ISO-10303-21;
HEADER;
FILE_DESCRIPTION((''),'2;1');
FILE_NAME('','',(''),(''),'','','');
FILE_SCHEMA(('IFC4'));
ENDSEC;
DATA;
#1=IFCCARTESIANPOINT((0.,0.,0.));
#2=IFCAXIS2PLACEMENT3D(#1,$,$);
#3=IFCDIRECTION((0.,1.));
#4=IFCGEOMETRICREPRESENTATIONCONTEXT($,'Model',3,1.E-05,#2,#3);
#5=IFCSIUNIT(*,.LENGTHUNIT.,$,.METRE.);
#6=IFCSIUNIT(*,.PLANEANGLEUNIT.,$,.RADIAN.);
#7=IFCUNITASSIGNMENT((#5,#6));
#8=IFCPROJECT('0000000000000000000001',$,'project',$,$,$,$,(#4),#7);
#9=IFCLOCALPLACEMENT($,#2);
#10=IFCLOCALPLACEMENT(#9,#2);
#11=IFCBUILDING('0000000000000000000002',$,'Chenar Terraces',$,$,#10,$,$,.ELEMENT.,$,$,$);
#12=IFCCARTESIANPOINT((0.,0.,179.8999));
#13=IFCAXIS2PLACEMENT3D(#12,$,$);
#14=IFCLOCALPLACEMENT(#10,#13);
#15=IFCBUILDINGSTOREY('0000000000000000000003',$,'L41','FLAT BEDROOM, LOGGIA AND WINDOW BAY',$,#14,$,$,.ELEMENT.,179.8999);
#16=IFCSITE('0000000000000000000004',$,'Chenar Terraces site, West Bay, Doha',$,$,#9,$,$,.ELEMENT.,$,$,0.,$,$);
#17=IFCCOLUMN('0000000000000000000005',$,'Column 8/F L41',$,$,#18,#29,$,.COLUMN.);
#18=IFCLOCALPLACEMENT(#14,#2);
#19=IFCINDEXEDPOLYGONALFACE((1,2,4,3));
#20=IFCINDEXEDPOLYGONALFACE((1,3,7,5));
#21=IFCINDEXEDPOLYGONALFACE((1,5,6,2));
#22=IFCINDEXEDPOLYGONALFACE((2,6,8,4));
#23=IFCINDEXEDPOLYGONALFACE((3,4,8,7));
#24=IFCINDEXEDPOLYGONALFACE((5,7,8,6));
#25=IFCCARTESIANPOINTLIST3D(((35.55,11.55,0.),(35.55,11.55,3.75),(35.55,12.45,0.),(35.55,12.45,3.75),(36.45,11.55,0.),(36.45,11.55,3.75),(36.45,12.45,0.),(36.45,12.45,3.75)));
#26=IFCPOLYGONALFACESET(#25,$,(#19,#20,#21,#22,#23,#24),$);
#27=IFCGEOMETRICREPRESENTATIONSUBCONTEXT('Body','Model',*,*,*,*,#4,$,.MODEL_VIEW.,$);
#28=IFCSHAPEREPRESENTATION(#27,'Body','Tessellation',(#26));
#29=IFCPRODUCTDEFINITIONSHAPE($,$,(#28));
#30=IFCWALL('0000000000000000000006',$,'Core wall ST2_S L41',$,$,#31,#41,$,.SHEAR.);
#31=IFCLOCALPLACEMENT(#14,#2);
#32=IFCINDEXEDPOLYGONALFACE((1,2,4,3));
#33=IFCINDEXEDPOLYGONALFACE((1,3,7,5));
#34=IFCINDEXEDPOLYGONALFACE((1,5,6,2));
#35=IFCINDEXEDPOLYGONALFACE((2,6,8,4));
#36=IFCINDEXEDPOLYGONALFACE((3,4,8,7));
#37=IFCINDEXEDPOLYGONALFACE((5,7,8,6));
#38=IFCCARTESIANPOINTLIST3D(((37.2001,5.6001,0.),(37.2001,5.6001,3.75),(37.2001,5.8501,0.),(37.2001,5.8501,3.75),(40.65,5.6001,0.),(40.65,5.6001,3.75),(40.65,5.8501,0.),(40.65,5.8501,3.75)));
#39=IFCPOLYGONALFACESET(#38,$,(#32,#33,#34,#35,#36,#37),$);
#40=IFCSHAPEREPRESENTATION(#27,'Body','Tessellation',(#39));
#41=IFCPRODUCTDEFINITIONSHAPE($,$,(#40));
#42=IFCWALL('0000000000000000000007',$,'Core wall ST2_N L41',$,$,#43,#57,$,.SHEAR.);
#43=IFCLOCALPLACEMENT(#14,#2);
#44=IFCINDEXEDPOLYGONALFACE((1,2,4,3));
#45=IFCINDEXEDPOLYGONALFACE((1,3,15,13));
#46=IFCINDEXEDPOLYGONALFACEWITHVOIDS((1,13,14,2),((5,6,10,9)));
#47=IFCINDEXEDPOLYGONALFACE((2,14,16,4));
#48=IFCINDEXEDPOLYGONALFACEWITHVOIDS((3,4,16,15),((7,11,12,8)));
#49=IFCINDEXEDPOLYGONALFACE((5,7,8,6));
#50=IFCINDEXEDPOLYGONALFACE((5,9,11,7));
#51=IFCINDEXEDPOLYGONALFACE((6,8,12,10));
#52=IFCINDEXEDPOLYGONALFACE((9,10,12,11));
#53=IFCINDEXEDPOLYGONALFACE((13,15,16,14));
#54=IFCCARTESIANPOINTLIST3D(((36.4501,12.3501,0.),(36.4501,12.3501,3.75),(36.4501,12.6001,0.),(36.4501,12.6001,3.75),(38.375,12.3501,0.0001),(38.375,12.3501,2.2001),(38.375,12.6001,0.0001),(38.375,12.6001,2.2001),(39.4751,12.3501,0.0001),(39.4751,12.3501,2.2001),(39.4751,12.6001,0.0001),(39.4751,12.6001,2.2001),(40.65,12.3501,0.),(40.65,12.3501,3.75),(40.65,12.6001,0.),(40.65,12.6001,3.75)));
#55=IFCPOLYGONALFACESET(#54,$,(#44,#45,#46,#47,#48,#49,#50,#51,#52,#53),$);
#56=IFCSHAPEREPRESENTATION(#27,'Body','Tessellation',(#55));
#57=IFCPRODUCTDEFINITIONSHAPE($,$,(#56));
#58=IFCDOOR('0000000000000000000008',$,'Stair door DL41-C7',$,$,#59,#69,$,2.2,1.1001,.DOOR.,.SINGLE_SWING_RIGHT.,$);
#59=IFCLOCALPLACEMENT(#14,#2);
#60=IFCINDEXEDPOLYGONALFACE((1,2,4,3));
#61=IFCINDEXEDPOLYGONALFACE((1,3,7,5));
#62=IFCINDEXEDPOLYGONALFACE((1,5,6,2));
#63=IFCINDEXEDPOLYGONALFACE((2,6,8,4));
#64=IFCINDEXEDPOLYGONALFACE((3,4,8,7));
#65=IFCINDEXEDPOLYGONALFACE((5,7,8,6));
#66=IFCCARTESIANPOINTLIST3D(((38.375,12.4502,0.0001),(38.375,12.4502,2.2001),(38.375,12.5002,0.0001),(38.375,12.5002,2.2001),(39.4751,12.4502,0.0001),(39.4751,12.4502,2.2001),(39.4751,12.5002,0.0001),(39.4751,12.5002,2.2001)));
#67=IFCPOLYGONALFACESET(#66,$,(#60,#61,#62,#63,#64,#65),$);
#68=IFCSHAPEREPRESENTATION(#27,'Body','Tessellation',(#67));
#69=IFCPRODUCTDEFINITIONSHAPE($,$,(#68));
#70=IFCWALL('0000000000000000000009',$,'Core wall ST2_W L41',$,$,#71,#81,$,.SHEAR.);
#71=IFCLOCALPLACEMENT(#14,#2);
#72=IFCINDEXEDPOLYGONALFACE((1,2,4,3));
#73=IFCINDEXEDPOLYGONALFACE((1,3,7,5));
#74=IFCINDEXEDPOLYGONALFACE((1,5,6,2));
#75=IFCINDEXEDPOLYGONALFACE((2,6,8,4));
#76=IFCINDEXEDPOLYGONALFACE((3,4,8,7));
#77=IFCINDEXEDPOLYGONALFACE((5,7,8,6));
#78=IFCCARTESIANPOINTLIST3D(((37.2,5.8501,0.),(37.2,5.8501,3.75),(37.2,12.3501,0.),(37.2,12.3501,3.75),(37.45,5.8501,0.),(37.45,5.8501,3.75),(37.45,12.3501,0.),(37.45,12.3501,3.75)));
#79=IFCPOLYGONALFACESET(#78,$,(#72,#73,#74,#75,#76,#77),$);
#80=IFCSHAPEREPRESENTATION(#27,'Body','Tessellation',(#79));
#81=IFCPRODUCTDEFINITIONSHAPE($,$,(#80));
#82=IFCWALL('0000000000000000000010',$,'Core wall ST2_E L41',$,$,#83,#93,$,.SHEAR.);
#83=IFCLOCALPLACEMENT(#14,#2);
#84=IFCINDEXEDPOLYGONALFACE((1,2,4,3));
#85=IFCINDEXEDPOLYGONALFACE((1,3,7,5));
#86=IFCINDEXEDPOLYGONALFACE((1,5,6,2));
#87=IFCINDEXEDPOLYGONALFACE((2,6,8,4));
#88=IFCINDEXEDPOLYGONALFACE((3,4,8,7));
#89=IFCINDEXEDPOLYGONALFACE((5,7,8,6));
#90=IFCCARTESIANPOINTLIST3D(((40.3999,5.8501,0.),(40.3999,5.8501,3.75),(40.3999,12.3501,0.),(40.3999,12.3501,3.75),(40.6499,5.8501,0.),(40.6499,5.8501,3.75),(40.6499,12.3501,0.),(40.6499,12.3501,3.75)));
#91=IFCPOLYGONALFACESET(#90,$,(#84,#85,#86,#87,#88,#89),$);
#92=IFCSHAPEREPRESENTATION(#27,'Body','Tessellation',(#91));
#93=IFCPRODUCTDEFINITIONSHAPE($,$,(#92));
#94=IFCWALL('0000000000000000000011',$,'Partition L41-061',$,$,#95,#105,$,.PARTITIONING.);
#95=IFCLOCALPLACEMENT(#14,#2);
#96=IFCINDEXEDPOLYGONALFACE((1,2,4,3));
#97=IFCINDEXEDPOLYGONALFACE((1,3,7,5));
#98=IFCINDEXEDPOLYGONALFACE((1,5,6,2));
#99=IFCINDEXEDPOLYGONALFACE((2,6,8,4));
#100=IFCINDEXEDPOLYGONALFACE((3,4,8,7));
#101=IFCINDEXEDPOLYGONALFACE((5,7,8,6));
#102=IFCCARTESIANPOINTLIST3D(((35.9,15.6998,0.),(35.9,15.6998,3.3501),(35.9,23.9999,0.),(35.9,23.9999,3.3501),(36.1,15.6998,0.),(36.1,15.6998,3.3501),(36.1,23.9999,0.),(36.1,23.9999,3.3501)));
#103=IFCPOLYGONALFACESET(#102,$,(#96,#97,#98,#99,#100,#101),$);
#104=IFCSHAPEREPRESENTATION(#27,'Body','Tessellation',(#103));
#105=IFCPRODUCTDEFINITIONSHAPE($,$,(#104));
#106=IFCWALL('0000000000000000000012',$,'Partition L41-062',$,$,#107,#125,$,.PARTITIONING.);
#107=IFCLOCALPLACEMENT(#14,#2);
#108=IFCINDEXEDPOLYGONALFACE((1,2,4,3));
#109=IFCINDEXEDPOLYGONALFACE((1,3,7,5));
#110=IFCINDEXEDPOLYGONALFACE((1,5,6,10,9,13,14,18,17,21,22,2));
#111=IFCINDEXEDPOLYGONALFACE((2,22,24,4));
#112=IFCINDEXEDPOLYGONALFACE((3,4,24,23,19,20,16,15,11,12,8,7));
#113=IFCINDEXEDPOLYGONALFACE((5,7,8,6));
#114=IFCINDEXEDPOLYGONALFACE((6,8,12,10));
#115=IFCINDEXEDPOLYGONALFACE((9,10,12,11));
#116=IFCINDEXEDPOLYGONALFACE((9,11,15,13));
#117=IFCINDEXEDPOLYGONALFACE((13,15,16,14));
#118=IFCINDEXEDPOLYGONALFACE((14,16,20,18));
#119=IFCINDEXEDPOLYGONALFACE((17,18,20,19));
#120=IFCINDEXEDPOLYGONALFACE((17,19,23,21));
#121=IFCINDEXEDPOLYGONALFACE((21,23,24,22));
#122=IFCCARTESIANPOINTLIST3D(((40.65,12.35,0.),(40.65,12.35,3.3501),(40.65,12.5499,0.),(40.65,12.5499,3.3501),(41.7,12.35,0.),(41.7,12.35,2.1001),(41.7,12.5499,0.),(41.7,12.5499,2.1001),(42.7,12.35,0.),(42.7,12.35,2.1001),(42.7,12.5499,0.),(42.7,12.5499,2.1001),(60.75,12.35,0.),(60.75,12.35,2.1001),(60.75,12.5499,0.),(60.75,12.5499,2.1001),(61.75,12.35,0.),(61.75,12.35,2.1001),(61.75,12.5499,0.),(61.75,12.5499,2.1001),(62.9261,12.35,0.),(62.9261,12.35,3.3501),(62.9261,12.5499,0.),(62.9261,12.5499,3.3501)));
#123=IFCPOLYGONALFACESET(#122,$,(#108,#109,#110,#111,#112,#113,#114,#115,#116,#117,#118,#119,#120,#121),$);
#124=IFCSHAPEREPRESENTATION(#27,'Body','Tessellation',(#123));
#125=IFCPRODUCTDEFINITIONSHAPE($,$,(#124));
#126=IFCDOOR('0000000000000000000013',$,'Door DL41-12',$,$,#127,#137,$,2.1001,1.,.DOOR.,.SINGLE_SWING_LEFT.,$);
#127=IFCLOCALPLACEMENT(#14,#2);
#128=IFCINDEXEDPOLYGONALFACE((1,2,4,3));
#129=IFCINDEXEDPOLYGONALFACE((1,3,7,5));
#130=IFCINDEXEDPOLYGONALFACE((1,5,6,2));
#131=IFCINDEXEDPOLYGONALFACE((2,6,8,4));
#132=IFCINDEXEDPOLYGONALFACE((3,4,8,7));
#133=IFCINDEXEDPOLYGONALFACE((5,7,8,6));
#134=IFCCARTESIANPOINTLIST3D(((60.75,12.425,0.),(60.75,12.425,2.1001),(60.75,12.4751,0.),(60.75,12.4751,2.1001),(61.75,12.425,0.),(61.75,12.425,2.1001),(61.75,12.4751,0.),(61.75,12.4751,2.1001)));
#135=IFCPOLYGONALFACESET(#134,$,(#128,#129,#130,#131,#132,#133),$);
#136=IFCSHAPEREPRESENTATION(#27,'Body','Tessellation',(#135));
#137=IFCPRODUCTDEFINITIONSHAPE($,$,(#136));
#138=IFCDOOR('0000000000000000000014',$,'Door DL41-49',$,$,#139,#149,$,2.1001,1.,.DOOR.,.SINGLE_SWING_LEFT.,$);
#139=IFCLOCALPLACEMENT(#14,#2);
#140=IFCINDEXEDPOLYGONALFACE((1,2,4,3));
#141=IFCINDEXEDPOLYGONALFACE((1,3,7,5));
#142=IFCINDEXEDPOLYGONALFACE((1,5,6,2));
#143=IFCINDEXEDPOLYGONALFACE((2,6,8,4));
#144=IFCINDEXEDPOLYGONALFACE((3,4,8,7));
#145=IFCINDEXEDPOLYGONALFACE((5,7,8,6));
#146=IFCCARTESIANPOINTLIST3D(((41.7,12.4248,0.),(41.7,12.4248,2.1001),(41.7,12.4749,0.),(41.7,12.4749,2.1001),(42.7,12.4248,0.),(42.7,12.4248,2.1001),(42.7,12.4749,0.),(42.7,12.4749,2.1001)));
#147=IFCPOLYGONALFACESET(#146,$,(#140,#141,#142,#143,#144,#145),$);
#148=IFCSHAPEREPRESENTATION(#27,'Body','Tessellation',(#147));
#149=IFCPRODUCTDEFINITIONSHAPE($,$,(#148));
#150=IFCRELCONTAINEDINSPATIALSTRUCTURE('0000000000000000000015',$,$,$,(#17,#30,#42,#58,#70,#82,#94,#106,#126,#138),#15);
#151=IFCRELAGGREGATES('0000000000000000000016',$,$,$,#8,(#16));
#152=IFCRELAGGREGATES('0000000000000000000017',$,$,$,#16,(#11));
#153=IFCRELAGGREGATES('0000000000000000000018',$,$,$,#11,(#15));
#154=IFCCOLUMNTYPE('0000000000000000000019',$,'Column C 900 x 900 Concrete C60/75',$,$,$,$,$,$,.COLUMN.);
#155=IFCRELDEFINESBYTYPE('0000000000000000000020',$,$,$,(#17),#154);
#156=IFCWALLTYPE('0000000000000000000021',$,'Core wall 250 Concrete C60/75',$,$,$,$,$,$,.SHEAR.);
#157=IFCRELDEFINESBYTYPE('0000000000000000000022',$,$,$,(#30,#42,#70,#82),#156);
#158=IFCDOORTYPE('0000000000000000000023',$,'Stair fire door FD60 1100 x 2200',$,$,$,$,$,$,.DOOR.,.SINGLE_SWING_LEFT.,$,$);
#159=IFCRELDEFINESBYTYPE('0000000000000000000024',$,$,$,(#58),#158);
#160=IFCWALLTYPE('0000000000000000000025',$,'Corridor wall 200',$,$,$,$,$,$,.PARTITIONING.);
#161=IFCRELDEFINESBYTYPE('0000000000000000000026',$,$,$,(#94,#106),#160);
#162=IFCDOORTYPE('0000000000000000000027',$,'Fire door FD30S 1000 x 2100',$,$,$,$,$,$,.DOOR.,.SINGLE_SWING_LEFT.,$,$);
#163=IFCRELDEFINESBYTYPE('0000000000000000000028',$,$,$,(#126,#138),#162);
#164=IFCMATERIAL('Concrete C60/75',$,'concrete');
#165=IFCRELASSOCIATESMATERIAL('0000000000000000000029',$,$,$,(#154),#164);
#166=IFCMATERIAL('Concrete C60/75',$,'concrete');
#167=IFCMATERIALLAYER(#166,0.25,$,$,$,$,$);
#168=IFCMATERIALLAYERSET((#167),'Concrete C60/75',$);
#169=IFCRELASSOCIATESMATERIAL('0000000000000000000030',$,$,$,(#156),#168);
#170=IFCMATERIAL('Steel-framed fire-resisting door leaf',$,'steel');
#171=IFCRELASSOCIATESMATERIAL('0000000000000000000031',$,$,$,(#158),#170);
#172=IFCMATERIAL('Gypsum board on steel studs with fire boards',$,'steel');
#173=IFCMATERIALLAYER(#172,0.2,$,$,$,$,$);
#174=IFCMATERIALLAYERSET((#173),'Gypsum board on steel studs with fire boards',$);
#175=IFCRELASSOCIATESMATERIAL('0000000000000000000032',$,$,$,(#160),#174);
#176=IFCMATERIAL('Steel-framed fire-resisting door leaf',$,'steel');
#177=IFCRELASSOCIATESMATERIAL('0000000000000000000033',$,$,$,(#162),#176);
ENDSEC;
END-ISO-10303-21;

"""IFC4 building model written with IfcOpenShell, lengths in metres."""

from ifc_helpers import new_model, si_unit, direction, frame, frame_2d, origin, origin_2d, place, context, subcontext, project, spatial, rectangle, extrude, material, layer, layer_set, material_profile, profile_set, type_object, element, fill, save


model = new_model("IFC4")

# Units and contexts
model_context = context("Model", 3, precision=1e-05, world=origin(), true_north=direction((0.0, 1.0)))
body_context = subcontext(model_context, "Body", "Model", "MODEL_VIEW")
ifc_project = project(units=[si_unit("LENGTHUNIT", "METRE"), si_unit("PLANEANGLEUNIT", "RADIAN")], contexts=[model_context])

# Site, building, storey
site_placement = place(None, origin())
site = spatial("IfcSite", under=ifc_project, at=site_placement, Name="Chenar Terraces site, West Bay, Doha", CompositionType="ELEMENT", RefElevation=0.0)
building_placement = place(site_placement, origin())
building = spatial("IfcBuilding", under=site, at=building_placement, Name="Chenar Terraces", CompositionType="ELEMENT")
storey_placement = place(building_placement, frame((0.0, 0.0, 179.8999)))
storey = spatial("IfcBuildingStorey", under=building, at=storey_placement, Name="L41", Description="FLAT BEDROOM, LOGGIA AND WINDOW BAY", CompositionType="ELEMENT", Elevation=179.8999)

# Column
ifc_material_1 = material(Name="Concrete C60/75", Category="concrete")
ifc_material_profile_1 = material_profile(ifc_material_1, rectangle(XDim=0.8999, YDim=0.8999, at=origin_2d()), Name="C 900 x 900")
ifc_profile_set_1 = profile_set([ifc_material_profile_1], Name="Concrete C60/75")
column_type = type_object("IfcColumnType", Name="Column C 900 x 900 Concrete C60/75", PredefinedType="COLUMN", material=ifc_profile_set_1)
column_placement = place(storey_placement, frame((36.0, 12.0, 0.0), z_axis=(0.0, 0.0, 1.0), x_axis=(1.0, 0.0, 0.0)))
element("IfcColumn", 1, at=column_placement, inside=storey, type_object=column_type, Name="Column 8/F L41", PredefinedType="COLUMN", context=body_context, shape_type="SweptSolid", body=[
    extrude(rectangle(XDim=0.8999, YDim=0.8999, at=origin_2d()), origin(), (0.0, 0.0, 1.0), 3.75),
])

# Wall
ifc_material_2 = material(Name="Concrete C60/75", Category="concrete")
ifc_layer_1 = layer(ifc_material_2, 0.25)
ifc_layer_set_1 = layer_set([ifc_layer_1], Name="Concrete C60/75")
wall_type_1 = type_object("IfcWallType", Name="Core wall 250 Concrete C60/75", PredefinedType="SHEAR", material=ifc_layer_set_1)
wall_1_placement = place(storey_placement, frame((37.2, 5.7251, 0.0), z_axis=(0.0, 0.0, 1.0), x_axis=(1.0, 0.0, 0.0)))
element("IfcWall", 2, at=wall_1_placement, inside=storey, type_object=wall_type_1, Name="Core wall ST2_S L41", PredefinedType="SHEAR", context=body_context, shape_type="SweptSolid", body=[
    extrude(rectangle(XDim=3.45, YDim=0.25, at=frame_2d((1.7251, 0.0))), origin(), (0.0, 0.0, 1.0), 3.75),
])

# Wall, opening, door
wall_2_placement = place(storey_placement, frame((36.45, 12.4751, 0.0), z_axis=(0.0, 0.0, 1.0), x_axis=(1.0, 0.0, 0.0)))
wall_2 = element("IfcWall", 3, at=wall_2_placement, inside=storey, type_object=wall_type_1, Name="Core wall ST2_N L41", PredefinedType="SHEAR", context=body_context, shape_type="SweptSolid", body=[
    extrude(rectangle(XDim=4.2, YDim=0.25, at=frame_2d((2.1001, 0.0))), origin(), (0.0, 0.0, 1.0), 3.75),
])
opening_1_placement = place(wall_2_placement, frame((1.925, 0.0, 0.0)))
opening_1 = element("IfcOpeningElement", 4, at=opening_1_placement, cuts=wall_2, PredefinedType="OPENING", context=body_context, shape_type="SweptSolid", body=[
    extrude(rectangle(XDim=1.1001, YDim=2.2, at=frame_2d((0.55, 1.1001))), frame((0.0, 0.135, 0.0), z_axis=(0.0, -1.0, 0.0), x_axis=(1.0, 0.0, 0.0)), (0.0, 0.0, 1.0), 0.27),
])
ifc_material_3 = material(Name="Steel-framed fire-resisting door leaf", Category="steel")
door_type_1 = type_object("IfcDoorType", Name="Stair fire door FD60 1100 x 2200", OperationType="SINGLE_SWING_LEFT", PredefinedType="DOOR", material=ifc_material_3)
door_1_placement = place(opening_1_placement, frame((1.1001, 0.0, 0.0), z_axis=(0.0, 0.0, 1.0), x_axis=(-1.0, 0.0, 0.0)))
door_1 = element("IfcDoor", 5, at=door_1_placement, inside=storey, type_object=door_type_1, Name="Stair door DL41-C7", OperationType="SINGLE_SWING_RIGHT", OverallHeight=2.2, OverallWidth=1.1001, PredefinedType="DOOR", context=body_context, shape_type="SweptSolid", body=[
    extrude(rectangle(XDim=1.1001, YDim=2.2, at=frame_2d((0.55, 1.1001))), frame((0.0, 0.0249, 0.0), z_axis=(0.0, -1.0, 0.0), x_axis=(1.0, 0.0, 0.0)), (0.0, 0.0, 1.0), 0.05),
])
fill(opening_1, door_1)

# Walls
for number, where, z_axis, x_axis, name in (
    (6, (37.325, 5.8501, 0.0), (0.0, 0.0, 1.0), (0.0, 1.0, 0.0), "Core wall ST2_W L41"),
    (7, (40.5249, 5.8501, 0.0), (0.0, 0.0, 1.0), (0.0, 1.0, 0.0), "Core wall ST2_E L41"),
):
    element("IfcWall", number, at=place(storey_placement, frame(where, z_axis=z_axis, x_axis=x_axis)), inside=storey, type_object=wall_type_1, Name=name, PredefinedType="SHEAR", context=body_context, shape_type="SweptSolid", body=[
        extrude(rectangle(XDim=6.5, YDim=0.25, at=frame_2d((3.25, 0.0))), origin(), (0.0, 0.0, 1.0), 3.75),
    ])
ifc_material_4 = material(Name="Gypsum board on steel studs with fire boards", Category="steel")
ifc_layer_2 = layer(ifc_material_4, 0.2)
ifc_layer_set_2 = layer_set([ifc_layer_2], Name="Gypsum board on steel studs with fire boards")
wall_type_2 = type_object("IfcWallType", Name="Corridor wall 200", PredefinedType="PARTITIONING", material=ifc_layer_set_2)
wall_3_placement = place(storey_placement, frame((36.0, 15.7, 0.0), z_axis=(0.0, 0.0, 1.0), x_axis=(0.0, 1.0, 0.0)))
element("IfcWall", 8, at=wall_3_placement, inside=storey, type_object=wall_type_2, Name="Partition L41-061", PredefinedType="PARTITIONING", context=body_context, shape_type="SweptSolid", body=[
    extrude(rectangle(XDim=8.3, YDim=0.2, at=frame_2d((4.1499, 0.0))), origin(), (0.0, 0.0, 1.0), 3.3501),
])

# Wall, openings, doors
wall_4_placement = place(storey_placement, frame((40.6499, 12.45, 0.0), z_axis=(0.0, 0.0, 1.0), x_axis=(1.0, 0.0, 0.0)))
wall_4 = element("IfcWall", 9, at=wall_4_placement, inside=storey, type_object=wall_type_2, Name="Partition L41-062", PredefinedType="PARTITIONING", context=body_context, shape_type="SweptSolid", body=[
    extrude(rectangle(XDim=22.2761, YDim=0.2, at=frame_2d((11.1382, 0.0))), origin(), (0.0, 0.0, 1.0), 3.3501),
])
opening_2_placement = place(wall_4_placement, frame((20.1001, 0.0, 0.0)))
opening_2 = element("IfcOpeningElement", 10, at=opening_2_placement, cuts=wall_4, PredefinedType="OPENING", context=body_context, shape_type="SweptSolid", body=[
    extrude(rectangle(XDim=1.0, YDim=2.1001, at=frame_2d((0.5, 1.05))), frame((0.0, 0.1099, 0.0), z_axis=(0.0, -1.0, 0.0), x_axis=(1.0, 0.0, 0.0)), (0.0, 0.0, 1.0), 0.22),
])
opening_3_placement = place(wall_4_placement, frame((1.05, 0.0, 0.0)))
opening_3 = element("IfcOpeningElement", 11, at=opening_3_placement, cuts=wall_4, PredefinedType="OPENING", context=body_context, shape_type="SweptSolid", body=[
    extrude(rectangle(XDim=1.0, YDim=2.1001, at=frame_2d((0.5, 1.05))), frame((0.0, 0.1099, 0.0), z_axis=(0.0, -1.0, 0.0), x_axis=(1.0, 0.0, 0.0)), (0.0, 0.0, 1.0), 0.22),
])
ifc_material_5 = material(Name="Steel-framed fire-resisting door leaf", Category="steel")
door_type_2 = type_object("IfcDoorType", Name="Fire door FD30S 1000 x 2100", OperationType="SINGLE_SWING_LEFT", PredefinedType="DOOR", material=ifc_material_5)
door_2_placement = place(opening_2_placement, frame((1.0, 0.0, 0.0), z_axis=(0.0, 0.0, 1.0), x_axis=(-1.0, 0.0, 0.0)))
door_2 = element("IfcDoor", 12, at=door_2_placement, inside=storey, type_object=door_type_2, Name="Door DL41-12", OperationType="SINGLE_SWING_LEFT", OverallHeight=2.1001, OverallWidth=1.0, PredefinedType="DOOR", context=body_context, shape_type="SweptSolid", body=[
    extrude(rectangle(XDim=1.0, YDim=2.1001, at=frame_2d((0.5, 1.05))), frame((0.0, 0.0249, 0.0), z_axis=(0.0, -1.0, 0.0), x_axis=(1.0, 0.0, 0.0)), (0.0, 0.0, 1.0), 0.05),
])
fill(opening_2, door_2)
door_3_placement = place(opening_3_placement, origin())
door_3 = element("IfcDoor", 13, at=door_3_placement, inside=storey, type_object=door_type_2, Name="Door DL41-49", OperationType="SINGLE_SWING_LEFT", OverallHeight=2.1001, OverallWidth=1.0, PredefinedType="DOOR", context=body_context, shape_type="SweptSolid", body=[
    extrude(rectangle(XDim=1.0, YDim=2.1001, at=frame_2d((0.5, 1.05))), frame((0.0, 0.0249, 0.0), z_axis=(0.0, -1.0, 0.0), x_axis=(1.0, 0.0, 0.0)), (0.0, 0.0, 1.0), 0.05),
])
fill(opening_3, door_3)

save(model, "model.ifc")
